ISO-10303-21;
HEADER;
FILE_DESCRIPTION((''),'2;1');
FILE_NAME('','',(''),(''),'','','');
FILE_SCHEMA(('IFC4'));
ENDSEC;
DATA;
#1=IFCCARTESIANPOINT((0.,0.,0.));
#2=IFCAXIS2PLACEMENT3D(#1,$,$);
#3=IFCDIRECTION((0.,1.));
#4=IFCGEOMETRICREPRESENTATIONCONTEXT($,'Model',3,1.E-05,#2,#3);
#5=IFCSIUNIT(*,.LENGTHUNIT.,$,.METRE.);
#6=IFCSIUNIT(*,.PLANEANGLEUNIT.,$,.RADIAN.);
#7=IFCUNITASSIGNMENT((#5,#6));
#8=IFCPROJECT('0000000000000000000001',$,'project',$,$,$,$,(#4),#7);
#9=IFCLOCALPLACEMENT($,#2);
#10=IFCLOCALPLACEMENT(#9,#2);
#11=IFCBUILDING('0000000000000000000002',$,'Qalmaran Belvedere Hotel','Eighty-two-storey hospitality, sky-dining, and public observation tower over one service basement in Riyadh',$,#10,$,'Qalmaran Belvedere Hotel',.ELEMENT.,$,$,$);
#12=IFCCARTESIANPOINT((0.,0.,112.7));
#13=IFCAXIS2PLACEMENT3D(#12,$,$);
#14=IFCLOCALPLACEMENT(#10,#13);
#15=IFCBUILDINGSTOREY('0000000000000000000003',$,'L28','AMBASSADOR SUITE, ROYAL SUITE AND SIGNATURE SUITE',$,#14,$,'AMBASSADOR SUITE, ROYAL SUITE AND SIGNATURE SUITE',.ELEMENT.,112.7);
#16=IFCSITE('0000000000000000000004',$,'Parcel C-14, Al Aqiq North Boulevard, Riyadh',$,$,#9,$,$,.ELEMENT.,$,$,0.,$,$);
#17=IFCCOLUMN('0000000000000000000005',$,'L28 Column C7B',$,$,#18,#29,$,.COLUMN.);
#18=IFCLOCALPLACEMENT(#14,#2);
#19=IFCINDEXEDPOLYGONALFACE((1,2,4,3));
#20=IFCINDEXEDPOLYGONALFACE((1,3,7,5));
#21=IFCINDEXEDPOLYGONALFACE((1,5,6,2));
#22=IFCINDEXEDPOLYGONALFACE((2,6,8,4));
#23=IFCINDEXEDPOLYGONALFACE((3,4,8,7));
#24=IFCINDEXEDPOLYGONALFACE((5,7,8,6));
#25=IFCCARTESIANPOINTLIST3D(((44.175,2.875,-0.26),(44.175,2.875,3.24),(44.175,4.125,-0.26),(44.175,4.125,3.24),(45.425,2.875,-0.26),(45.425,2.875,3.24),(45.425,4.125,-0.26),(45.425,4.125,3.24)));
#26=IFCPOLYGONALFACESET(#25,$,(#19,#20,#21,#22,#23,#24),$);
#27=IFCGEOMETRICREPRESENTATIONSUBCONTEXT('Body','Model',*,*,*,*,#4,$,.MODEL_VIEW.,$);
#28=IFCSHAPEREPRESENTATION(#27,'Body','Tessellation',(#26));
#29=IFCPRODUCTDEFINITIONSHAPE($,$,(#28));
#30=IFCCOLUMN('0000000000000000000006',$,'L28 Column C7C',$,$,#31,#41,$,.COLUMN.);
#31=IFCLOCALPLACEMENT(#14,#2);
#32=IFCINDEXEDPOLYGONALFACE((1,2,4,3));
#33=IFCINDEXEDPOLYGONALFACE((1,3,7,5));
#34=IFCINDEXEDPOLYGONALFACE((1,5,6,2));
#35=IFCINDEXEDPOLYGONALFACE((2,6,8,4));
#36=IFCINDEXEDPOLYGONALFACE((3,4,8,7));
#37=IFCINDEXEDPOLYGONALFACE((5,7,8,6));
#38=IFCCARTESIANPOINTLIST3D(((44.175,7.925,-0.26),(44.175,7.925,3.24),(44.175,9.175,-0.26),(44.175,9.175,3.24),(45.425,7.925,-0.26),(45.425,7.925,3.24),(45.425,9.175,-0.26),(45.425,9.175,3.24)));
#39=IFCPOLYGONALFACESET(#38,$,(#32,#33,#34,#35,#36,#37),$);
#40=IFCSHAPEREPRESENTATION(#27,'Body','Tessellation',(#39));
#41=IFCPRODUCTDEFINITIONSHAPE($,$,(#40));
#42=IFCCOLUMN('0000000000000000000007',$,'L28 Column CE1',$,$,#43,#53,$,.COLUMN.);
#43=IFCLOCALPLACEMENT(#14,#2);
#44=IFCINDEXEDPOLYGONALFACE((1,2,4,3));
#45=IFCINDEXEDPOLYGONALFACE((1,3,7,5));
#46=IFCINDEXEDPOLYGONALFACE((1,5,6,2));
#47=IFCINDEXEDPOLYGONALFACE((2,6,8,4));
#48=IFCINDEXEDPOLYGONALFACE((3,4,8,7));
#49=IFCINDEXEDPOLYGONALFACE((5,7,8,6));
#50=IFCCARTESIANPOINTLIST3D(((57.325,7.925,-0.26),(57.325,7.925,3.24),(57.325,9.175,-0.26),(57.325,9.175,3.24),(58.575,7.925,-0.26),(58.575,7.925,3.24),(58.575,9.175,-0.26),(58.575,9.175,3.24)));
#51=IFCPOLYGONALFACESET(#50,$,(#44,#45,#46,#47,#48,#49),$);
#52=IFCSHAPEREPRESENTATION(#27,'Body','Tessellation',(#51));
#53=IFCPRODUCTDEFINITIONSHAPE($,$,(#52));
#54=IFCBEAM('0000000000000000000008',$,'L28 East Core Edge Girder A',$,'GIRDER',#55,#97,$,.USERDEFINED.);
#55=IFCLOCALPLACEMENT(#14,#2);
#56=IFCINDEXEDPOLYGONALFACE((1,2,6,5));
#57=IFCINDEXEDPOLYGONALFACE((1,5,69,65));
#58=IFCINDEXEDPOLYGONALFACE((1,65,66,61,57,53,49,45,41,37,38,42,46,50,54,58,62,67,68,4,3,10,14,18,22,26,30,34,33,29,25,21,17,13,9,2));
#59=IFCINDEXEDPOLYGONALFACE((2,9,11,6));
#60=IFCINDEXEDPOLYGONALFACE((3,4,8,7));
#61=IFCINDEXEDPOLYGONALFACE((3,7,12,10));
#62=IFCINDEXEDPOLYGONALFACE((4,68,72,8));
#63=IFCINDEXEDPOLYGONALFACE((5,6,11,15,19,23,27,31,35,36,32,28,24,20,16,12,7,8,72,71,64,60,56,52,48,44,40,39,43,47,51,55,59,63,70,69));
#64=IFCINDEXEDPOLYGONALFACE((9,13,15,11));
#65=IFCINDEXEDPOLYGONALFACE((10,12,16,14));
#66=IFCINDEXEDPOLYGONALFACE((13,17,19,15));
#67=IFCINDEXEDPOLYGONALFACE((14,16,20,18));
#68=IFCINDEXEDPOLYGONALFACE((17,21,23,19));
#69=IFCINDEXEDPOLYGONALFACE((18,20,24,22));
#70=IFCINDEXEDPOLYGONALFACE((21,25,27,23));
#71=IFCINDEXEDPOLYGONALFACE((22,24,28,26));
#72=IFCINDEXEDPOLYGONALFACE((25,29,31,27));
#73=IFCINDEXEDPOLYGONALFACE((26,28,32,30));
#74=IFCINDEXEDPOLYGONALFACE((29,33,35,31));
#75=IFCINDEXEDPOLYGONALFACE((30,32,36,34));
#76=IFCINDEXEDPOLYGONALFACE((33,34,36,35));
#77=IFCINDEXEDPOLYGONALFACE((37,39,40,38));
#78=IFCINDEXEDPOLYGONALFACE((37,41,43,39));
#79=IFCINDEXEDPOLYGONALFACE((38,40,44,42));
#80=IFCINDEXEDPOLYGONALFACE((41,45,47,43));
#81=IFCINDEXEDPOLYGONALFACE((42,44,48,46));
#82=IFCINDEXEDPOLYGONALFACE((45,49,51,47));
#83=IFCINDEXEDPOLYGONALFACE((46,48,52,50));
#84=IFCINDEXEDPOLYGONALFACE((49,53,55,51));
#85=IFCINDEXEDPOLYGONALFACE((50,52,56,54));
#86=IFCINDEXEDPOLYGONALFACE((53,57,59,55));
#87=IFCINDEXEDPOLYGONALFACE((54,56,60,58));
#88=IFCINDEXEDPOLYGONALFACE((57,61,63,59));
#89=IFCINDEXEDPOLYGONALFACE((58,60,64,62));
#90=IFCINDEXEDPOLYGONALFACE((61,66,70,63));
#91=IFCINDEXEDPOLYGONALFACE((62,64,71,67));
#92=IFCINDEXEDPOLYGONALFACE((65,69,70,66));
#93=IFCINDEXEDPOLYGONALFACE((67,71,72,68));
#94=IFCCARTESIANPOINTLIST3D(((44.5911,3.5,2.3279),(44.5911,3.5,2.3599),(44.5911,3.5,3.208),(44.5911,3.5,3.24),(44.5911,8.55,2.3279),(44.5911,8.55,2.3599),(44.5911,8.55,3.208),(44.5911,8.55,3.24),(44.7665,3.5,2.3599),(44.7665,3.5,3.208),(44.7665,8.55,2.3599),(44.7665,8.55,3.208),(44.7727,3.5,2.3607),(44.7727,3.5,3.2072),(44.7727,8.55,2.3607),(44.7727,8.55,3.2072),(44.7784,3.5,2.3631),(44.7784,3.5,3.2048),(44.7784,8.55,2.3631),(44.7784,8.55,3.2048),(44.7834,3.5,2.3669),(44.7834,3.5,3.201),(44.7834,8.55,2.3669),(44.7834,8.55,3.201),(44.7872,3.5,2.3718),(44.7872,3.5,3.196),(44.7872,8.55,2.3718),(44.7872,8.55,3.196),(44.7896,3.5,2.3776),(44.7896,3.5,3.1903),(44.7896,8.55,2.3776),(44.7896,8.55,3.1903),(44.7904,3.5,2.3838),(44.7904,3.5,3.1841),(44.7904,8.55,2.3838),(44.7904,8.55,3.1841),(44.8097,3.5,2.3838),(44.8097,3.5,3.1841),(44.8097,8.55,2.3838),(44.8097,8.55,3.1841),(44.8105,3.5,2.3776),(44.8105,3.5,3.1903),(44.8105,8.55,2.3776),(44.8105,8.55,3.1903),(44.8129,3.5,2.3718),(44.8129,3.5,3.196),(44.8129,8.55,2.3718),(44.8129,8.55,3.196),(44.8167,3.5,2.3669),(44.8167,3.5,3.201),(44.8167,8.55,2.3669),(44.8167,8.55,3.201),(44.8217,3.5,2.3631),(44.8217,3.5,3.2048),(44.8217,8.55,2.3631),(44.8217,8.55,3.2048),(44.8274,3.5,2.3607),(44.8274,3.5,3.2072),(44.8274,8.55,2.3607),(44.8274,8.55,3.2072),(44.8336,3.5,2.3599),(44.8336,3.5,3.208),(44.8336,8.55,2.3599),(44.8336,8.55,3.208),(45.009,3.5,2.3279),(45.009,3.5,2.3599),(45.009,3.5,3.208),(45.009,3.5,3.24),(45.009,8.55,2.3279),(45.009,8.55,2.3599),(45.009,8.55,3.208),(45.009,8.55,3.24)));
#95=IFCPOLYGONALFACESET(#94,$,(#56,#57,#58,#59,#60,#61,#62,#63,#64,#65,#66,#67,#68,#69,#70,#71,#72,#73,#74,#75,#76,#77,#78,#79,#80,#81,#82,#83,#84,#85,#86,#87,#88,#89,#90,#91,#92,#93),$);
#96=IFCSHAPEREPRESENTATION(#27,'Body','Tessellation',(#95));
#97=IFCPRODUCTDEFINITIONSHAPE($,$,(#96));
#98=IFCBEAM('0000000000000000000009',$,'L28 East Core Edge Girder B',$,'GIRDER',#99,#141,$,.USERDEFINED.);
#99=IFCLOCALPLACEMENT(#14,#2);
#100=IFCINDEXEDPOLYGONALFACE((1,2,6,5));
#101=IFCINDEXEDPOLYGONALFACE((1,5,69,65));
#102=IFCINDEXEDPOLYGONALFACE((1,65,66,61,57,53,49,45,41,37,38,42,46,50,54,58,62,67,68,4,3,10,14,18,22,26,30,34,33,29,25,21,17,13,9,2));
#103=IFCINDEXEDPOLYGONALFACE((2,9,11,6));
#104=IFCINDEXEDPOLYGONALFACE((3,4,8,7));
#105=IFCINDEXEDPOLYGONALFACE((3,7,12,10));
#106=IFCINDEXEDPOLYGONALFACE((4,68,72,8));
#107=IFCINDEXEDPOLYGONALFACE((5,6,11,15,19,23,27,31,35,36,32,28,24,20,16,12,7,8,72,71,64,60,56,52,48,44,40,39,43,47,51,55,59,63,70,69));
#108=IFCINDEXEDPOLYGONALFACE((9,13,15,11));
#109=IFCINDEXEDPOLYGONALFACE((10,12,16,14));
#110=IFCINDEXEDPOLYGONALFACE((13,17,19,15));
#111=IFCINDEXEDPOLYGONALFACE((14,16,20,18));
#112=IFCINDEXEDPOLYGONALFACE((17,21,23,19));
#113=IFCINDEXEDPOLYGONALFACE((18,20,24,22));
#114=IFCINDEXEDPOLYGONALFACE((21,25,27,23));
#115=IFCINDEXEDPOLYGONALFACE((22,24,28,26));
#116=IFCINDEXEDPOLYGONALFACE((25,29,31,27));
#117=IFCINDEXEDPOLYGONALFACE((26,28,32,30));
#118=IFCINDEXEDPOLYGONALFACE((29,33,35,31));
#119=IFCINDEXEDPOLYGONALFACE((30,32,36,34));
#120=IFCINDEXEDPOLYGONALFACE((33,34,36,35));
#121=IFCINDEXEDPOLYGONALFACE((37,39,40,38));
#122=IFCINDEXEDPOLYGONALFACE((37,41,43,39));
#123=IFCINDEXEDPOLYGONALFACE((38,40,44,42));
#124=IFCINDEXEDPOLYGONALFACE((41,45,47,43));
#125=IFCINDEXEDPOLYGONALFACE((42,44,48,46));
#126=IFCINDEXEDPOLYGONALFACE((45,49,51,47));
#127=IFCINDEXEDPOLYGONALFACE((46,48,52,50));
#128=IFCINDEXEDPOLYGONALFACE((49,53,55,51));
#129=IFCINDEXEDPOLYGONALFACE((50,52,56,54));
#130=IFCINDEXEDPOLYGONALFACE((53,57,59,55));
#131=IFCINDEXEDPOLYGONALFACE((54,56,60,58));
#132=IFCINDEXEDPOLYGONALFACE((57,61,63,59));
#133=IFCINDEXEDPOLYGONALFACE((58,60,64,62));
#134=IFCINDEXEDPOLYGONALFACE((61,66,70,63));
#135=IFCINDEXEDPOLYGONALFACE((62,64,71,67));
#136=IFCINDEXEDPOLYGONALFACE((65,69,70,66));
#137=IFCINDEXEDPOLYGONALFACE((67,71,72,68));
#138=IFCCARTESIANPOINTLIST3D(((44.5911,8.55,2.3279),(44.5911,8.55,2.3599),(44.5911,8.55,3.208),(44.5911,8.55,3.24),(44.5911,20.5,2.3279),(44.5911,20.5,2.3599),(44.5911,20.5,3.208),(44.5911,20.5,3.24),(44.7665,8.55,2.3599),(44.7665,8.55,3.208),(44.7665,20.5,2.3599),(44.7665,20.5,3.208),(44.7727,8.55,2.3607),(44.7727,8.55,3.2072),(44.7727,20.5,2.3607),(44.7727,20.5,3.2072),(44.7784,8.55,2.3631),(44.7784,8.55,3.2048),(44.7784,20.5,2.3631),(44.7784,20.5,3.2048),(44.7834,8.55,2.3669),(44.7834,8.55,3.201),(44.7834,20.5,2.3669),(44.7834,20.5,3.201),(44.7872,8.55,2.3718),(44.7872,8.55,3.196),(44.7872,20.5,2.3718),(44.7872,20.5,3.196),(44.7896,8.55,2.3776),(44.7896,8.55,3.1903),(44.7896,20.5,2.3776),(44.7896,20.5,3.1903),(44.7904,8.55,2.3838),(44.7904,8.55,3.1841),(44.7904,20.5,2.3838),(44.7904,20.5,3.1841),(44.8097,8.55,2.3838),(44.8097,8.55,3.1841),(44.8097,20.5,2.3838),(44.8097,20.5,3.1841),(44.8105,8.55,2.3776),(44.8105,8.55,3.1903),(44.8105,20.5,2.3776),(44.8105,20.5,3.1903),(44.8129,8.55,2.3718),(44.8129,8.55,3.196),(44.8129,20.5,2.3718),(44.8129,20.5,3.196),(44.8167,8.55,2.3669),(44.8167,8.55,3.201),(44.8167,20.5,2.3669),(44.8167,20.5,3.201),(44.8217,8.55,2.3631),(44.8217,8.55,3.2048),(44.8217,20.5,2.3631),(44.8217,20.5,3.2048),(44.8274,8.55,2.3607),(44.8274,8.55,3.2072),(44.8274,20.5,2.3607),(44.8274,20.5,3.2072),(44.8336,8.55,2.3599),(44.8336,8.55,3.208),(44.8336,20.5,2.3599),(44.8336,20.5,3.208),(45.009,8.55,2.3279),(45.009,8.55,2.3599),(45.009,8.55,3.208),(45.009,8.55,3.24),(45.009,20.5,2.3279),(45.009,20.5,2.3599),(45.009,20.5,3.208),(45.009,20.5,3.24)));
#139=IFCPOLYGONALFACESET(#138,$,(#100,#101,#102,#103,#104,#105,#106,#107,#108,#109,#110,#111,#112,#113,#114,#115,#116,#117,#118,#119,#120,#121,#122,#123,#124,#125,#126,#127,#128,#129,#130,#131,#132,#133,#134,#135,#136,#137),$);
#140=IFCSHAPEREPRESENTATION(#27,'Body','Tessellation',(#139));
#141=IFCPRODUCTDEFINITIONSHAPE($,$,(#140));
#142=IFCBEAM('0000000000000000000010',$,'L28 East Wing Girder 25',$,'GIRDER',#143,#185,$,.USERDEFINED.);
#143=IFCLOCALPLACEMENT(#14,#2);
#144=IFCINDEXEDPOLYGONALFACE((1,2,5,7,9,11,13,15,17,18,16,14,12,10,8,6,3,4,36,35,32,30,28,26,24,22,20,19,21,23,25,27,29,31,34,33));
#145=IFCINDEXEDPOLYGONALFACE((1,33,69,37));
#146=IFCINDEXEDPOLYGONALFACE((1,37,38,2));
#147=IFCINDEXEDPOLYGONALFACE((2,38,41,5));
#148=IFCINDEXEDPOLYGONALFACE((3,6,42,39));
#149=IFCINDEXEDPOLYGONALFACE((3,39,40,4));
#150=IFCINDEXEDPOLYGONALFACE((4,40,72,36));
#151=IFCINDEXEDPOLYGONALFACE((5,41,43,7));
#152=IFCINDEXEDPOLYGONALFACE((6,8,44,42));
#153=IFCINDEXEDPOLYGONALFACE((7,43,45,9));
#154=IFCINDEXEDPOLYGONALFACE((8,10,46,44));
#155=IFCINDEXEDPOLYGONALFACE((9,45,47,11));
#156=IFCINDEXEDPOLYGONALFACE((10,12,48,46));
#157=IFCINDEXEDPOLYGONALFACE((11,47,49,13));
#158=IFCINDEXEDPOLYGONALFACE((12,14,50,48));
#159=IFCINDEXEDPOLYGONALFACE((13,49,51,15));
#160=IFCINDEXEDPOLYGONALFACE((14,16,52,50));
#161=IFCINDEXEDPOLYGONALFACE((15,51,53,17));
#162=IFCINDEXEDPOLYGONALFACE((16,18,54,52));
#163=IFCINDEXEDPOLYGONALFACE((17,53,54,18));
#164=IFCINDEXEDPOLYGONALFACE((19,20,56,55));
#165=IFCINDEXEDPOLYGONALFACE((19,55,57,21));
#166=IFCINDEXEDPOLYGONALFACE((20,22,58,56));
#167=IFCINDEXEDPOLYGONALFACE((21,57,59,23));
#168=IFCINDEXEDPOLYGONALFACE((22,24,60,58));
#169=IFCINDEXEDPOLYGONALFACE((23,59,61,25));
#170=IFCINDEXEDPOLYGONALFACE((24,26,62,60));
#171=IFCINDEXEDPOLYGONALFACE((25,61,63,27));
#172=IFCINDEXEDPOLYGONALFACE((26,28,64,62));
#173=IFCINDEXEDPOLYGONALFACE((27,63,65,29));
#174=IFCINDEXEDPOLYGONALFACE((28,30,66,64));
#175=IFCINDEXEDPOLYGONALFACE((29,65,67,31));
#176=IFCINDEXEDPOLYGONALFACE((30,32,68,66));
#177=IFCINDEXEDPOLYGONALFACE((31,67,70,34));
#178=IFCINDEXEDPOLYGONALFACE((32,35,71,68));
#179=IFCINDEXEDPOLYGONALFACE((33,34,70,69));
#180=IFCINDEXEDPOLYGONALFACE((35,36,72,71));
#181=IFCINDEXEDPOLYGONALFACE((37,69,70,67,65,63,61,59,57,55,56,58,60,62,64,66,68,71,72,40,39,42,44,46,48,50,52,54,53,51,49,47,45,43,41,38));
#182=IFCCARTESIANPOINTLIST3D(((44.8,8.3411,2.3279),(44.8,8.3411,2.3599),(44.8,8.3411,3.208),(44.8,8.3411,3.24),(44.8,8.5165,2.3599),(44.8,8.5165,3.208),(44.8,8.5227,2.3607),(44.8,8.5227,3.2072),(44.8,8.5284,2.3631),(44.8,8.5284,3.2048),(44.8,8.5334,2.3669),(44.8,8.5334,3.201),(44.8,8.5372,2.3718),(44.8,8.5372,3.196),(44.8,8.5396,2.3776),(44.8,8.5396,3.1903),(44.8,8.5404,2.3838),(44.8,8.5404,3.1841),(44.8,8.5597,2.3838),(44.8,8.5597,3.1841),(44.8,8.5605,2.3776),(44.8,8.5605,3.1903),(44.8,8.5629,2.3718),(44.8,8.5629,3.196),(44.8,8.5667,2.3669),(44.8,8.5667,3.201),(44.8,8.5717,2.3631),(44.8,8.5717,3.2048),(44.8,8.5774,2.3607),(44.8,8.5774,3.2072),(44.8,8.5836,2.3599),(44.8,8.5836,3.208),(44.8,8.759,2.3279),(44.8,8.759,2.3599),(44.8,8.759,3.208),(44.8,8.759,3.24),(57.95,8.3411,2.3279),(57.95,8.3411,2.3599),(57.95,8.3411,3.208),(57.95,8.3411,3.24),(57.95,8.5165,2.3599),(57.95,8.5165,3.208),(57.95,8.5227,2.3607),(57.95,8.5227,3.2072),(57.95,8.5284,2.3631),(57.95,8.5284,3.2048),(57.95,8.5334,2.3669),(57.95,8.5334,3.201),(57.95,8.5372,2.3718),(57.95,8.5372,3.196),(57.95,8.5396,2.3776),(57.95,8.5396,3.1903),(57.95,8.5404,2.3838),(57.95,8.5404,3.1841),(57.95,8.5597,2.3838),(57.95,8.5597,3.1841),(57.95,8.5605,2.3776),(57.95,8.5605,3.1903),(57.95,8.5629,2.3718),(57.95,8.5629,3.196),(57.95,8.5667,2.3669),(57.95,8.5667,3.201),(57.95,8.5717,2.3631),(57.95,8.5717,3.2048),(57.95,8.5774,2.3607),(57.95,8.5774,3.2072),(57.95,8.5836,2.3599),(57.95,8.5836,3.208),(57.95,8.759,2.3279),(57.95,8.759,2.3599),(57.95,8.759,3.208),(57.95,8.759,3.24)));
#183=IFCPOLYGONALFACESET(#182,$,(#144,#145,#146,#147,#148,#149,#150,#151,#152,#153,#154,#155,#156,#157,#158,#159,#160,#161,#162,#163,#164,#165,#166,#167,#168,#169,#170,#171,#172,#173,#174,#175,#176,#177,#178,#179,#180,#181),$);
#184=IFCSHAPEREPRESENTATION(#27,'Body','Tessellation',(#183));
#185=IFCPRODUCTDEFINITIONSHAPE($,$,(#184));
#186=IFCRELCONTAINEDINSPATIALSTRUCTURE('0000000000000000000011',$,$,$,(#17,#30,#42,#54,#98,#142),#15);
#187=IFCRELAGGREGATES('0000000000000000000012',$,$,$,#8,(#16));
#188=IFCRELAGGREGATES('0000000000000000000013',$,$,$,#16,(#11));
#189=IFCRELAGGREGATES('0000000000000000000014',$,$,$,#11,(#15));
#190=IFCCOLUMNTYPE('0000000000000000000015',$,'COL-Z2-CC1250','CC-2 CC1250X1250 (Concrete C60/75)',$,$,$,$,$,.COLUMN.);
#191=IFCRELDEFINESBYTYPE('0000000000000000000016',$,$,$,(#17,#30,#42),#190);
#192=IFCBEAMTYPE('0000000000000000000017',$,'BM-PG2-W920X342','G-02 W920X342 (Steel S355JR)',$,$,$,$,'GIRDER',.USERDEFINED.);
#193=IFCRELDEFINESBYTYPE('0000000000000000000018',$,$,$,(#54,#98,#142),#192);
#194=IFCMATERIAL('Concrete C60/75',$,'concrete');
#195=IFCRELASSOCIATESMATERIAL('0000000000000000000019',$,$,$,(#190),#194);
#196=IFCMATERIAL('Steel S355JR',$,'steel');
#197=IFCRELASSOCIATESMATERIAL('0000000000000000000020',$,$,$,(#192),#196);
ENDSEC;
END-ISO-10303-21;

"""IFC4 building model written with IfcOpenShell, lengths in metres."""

from ifc_helpers import new_model, si_unit, direction, frame, origin, origin_2d, place, context, subcontext, project, spatial, rectangle, i_section, extrude, material, material_profile, profile_set, type_object, element, save


model = new_model("IFC4")

# Units and contexts
model_context = context("Model", 3, precision=1e-05, world=origin(), true_north=direction((0.0, 1.0)))
body_context = subcontext(model_context, "Body", "Model", "MODEL_VIEW")
ifc_project = project(units=[si_unit("LENGTHUNIT", "METRE"), si_unit("PLANEANGLEUNIT", "RADIAN")], contexts=[model_context])

# Site, building, storey
site_placement = place(None, origin())
site = spatial("IfcSite", under=ifc_project, at=site_placement, Name="Parcel C-14, Al Aqiq North Boulevard, Riyadh", CompositionType="ELEMENT", RefElevation=0.0)
building_placement = place(site_placement, origin())
building = spatial("IfcBuilding", under=site, at=building_placement, Name="Qalmaran Belvedere Hotel", Description="Eighty-two-storey hospitality, sky-dining, and public observation tower over one service basement in Riyadh", LongName="Qalmaran Belvedere Hotel", CompositionType="ELEMENT")
storey_placement = place(building_placement, frame((0.0, 0.0, 112.7)))
storey = spatial("IfcBuildingStorey", under=building, at=storey_placement, Name="L28", Description="AMBASSADOR SUITE, ROYAL SUITE AND SIGNATURE SUITE", LongName="AMBASSADOR SUITE, ROYAL SUITE AND SIGNATURE SUITE", CompositionType="ELEMENT", Elevation=112.7)

# Columns
ifc_material_1 = material(Name="Concrete C60/75", Category="concrete")
ifc_material_profile_1 = material_profile(ifc_material_1, rectangle(XDim=1.25, YDim=1.25, at=origin_2d()), Name="CC1250X1250")
ifc_profile_set_1 = profile_set([ifc_material_profile_1], Name="Concrete C60/75")
column_type = type_object("IfcColumnType", Name="COL-Z2-CC1250", Description="CC-2 CC1250X1250 (Concrete C60/75)", PredefinedType="COLUMN", material=ifc_profile_set_1)
for number, where, z_axis, x_axis, name in (
    (1, (44.8, 3.5, -0.26), (0.0, 0.0, 1.0), (1.0, 0.0, 0.0), "L28 Column C7B"),
    (2, (44.8, 8.55, -0.26), (0.0, 0.0, 1.0), (1.0, 0.0, 0.0), "L28 Column C7C"),
    (3, (57.95, 8.55, -0.26), (0.0, 0.0, 1.0), (1.0, 0.0, 0.0), "L28 Column CE1"),
):
    element("IfcColumn", number, at=place(storey_placement, frame(where, z_axis=z_axis, x_axis=x_axis)), inside=storey, type_object=column_type, Name=name, PredefinedType="COLUMN", context=body_context, shape_type="SweptSolid", body=[
        extrude(rectangle(XDim=1.25, YDim=1.25, at=origin_2d()), origin(), (0.0, 0.0, 1.0), 3.5),
    ])

# Beams
ifc_material_2 = material(Name="Steel S355JR", Category="steel")
ifc_material_profile_2 = material_profile(ifc_material_2, i_section(OverallWidth=0.418, OverallDepth=0.9121, WebThickness=0.0193, FlangeThickness=0.032, FilletRadius=0.0239, at=origin_2d()), Name="W920X342")
ifc_profile_set_2 = profile_set([ifc_material_profile_2], Name="Steel S355JR")
beam_type_1 = type_object("IfcBeamType", Name="BM-PG2-W920X342", Description="G-02 W920X342 (Steel S355JR)", ElementType="GIRDER", PredefinedType="USERDEFINED", material=ifc_profile_set_2)
beam_1_placement = place(storey_placement, frame((44.8, 3.5, 2.7839), z_axis=(0.0, 1.0, 0.0), x_axis=(-1.0, 0.0, 0.0)))
element("IfcBeam", 4, at=beam_1_placement, inside=storey, type_object=beam_type_1, Name="L28 East Core Edge Girder A", ObjectType="GIRDER", PredefinedType="USERDEFINED", context=body_context, shape_type="SweptSolid", body=[
    extrude(i_section(OverallWidth=0.418, OverallDepth=0.9121, WebThickness=0.0193, FlangeThickness=0.032, FilletRadius=0.0239, at=origin_2d()), origin(), (0.0, 0.0, 1.0), 5.05),
])
beam_2_placement = place(storey_placement, frame((44.8, 8.55, 2.7839), z_axis=(0.0, 1.0, 0.0), x_axis=(-1.0, 0.0, 0.0)))
element("IfcBeam", 5, at=beam_2_placement, inside=storey, type_object=beam_type_1, Name="L28 East Core Edge Girder B", ObjectType="GIRDER", PredefinedType="USERDEFINED", context=body_context, shape_type="SweptSolid", body=[
    extrude(i_section(OverallWidth=0.418, OverallDepth=0.9121, WebThickness=0.0193, FlangeThickness=0.032, FilletRadius=0.0239, at=origin_2d()), origin(), (0.0, 0.0, 1.0), 11.95),
])
beam_3_placement = place(storey_placement, frame((44.8, 8.55, 2.7839), z_axis=(1.0, 0.0, 0.0), x_axis=(0.0, 1.0, 0.0)))
element("IfcBeam", 6, at=beam_3_placement, inside=storey, type_object=beam_type_1, Name="L28 East Wing Girder 25", ObjectType="GIRDER", PredefinedType="USERDEFINED", context=body_context, shape_type="SweptSolid", body=[
    extrude(i_section(OverallWidth=0.418, OverallDepth=0.9121, WebThickness=0.0193, FlangeThickness=0.032, FilletRadius=0.0239, at=origin_2d()), origin(), (0.0, 0.0, 1.0), 13.1499),
])

save(model, "model.ifc")
